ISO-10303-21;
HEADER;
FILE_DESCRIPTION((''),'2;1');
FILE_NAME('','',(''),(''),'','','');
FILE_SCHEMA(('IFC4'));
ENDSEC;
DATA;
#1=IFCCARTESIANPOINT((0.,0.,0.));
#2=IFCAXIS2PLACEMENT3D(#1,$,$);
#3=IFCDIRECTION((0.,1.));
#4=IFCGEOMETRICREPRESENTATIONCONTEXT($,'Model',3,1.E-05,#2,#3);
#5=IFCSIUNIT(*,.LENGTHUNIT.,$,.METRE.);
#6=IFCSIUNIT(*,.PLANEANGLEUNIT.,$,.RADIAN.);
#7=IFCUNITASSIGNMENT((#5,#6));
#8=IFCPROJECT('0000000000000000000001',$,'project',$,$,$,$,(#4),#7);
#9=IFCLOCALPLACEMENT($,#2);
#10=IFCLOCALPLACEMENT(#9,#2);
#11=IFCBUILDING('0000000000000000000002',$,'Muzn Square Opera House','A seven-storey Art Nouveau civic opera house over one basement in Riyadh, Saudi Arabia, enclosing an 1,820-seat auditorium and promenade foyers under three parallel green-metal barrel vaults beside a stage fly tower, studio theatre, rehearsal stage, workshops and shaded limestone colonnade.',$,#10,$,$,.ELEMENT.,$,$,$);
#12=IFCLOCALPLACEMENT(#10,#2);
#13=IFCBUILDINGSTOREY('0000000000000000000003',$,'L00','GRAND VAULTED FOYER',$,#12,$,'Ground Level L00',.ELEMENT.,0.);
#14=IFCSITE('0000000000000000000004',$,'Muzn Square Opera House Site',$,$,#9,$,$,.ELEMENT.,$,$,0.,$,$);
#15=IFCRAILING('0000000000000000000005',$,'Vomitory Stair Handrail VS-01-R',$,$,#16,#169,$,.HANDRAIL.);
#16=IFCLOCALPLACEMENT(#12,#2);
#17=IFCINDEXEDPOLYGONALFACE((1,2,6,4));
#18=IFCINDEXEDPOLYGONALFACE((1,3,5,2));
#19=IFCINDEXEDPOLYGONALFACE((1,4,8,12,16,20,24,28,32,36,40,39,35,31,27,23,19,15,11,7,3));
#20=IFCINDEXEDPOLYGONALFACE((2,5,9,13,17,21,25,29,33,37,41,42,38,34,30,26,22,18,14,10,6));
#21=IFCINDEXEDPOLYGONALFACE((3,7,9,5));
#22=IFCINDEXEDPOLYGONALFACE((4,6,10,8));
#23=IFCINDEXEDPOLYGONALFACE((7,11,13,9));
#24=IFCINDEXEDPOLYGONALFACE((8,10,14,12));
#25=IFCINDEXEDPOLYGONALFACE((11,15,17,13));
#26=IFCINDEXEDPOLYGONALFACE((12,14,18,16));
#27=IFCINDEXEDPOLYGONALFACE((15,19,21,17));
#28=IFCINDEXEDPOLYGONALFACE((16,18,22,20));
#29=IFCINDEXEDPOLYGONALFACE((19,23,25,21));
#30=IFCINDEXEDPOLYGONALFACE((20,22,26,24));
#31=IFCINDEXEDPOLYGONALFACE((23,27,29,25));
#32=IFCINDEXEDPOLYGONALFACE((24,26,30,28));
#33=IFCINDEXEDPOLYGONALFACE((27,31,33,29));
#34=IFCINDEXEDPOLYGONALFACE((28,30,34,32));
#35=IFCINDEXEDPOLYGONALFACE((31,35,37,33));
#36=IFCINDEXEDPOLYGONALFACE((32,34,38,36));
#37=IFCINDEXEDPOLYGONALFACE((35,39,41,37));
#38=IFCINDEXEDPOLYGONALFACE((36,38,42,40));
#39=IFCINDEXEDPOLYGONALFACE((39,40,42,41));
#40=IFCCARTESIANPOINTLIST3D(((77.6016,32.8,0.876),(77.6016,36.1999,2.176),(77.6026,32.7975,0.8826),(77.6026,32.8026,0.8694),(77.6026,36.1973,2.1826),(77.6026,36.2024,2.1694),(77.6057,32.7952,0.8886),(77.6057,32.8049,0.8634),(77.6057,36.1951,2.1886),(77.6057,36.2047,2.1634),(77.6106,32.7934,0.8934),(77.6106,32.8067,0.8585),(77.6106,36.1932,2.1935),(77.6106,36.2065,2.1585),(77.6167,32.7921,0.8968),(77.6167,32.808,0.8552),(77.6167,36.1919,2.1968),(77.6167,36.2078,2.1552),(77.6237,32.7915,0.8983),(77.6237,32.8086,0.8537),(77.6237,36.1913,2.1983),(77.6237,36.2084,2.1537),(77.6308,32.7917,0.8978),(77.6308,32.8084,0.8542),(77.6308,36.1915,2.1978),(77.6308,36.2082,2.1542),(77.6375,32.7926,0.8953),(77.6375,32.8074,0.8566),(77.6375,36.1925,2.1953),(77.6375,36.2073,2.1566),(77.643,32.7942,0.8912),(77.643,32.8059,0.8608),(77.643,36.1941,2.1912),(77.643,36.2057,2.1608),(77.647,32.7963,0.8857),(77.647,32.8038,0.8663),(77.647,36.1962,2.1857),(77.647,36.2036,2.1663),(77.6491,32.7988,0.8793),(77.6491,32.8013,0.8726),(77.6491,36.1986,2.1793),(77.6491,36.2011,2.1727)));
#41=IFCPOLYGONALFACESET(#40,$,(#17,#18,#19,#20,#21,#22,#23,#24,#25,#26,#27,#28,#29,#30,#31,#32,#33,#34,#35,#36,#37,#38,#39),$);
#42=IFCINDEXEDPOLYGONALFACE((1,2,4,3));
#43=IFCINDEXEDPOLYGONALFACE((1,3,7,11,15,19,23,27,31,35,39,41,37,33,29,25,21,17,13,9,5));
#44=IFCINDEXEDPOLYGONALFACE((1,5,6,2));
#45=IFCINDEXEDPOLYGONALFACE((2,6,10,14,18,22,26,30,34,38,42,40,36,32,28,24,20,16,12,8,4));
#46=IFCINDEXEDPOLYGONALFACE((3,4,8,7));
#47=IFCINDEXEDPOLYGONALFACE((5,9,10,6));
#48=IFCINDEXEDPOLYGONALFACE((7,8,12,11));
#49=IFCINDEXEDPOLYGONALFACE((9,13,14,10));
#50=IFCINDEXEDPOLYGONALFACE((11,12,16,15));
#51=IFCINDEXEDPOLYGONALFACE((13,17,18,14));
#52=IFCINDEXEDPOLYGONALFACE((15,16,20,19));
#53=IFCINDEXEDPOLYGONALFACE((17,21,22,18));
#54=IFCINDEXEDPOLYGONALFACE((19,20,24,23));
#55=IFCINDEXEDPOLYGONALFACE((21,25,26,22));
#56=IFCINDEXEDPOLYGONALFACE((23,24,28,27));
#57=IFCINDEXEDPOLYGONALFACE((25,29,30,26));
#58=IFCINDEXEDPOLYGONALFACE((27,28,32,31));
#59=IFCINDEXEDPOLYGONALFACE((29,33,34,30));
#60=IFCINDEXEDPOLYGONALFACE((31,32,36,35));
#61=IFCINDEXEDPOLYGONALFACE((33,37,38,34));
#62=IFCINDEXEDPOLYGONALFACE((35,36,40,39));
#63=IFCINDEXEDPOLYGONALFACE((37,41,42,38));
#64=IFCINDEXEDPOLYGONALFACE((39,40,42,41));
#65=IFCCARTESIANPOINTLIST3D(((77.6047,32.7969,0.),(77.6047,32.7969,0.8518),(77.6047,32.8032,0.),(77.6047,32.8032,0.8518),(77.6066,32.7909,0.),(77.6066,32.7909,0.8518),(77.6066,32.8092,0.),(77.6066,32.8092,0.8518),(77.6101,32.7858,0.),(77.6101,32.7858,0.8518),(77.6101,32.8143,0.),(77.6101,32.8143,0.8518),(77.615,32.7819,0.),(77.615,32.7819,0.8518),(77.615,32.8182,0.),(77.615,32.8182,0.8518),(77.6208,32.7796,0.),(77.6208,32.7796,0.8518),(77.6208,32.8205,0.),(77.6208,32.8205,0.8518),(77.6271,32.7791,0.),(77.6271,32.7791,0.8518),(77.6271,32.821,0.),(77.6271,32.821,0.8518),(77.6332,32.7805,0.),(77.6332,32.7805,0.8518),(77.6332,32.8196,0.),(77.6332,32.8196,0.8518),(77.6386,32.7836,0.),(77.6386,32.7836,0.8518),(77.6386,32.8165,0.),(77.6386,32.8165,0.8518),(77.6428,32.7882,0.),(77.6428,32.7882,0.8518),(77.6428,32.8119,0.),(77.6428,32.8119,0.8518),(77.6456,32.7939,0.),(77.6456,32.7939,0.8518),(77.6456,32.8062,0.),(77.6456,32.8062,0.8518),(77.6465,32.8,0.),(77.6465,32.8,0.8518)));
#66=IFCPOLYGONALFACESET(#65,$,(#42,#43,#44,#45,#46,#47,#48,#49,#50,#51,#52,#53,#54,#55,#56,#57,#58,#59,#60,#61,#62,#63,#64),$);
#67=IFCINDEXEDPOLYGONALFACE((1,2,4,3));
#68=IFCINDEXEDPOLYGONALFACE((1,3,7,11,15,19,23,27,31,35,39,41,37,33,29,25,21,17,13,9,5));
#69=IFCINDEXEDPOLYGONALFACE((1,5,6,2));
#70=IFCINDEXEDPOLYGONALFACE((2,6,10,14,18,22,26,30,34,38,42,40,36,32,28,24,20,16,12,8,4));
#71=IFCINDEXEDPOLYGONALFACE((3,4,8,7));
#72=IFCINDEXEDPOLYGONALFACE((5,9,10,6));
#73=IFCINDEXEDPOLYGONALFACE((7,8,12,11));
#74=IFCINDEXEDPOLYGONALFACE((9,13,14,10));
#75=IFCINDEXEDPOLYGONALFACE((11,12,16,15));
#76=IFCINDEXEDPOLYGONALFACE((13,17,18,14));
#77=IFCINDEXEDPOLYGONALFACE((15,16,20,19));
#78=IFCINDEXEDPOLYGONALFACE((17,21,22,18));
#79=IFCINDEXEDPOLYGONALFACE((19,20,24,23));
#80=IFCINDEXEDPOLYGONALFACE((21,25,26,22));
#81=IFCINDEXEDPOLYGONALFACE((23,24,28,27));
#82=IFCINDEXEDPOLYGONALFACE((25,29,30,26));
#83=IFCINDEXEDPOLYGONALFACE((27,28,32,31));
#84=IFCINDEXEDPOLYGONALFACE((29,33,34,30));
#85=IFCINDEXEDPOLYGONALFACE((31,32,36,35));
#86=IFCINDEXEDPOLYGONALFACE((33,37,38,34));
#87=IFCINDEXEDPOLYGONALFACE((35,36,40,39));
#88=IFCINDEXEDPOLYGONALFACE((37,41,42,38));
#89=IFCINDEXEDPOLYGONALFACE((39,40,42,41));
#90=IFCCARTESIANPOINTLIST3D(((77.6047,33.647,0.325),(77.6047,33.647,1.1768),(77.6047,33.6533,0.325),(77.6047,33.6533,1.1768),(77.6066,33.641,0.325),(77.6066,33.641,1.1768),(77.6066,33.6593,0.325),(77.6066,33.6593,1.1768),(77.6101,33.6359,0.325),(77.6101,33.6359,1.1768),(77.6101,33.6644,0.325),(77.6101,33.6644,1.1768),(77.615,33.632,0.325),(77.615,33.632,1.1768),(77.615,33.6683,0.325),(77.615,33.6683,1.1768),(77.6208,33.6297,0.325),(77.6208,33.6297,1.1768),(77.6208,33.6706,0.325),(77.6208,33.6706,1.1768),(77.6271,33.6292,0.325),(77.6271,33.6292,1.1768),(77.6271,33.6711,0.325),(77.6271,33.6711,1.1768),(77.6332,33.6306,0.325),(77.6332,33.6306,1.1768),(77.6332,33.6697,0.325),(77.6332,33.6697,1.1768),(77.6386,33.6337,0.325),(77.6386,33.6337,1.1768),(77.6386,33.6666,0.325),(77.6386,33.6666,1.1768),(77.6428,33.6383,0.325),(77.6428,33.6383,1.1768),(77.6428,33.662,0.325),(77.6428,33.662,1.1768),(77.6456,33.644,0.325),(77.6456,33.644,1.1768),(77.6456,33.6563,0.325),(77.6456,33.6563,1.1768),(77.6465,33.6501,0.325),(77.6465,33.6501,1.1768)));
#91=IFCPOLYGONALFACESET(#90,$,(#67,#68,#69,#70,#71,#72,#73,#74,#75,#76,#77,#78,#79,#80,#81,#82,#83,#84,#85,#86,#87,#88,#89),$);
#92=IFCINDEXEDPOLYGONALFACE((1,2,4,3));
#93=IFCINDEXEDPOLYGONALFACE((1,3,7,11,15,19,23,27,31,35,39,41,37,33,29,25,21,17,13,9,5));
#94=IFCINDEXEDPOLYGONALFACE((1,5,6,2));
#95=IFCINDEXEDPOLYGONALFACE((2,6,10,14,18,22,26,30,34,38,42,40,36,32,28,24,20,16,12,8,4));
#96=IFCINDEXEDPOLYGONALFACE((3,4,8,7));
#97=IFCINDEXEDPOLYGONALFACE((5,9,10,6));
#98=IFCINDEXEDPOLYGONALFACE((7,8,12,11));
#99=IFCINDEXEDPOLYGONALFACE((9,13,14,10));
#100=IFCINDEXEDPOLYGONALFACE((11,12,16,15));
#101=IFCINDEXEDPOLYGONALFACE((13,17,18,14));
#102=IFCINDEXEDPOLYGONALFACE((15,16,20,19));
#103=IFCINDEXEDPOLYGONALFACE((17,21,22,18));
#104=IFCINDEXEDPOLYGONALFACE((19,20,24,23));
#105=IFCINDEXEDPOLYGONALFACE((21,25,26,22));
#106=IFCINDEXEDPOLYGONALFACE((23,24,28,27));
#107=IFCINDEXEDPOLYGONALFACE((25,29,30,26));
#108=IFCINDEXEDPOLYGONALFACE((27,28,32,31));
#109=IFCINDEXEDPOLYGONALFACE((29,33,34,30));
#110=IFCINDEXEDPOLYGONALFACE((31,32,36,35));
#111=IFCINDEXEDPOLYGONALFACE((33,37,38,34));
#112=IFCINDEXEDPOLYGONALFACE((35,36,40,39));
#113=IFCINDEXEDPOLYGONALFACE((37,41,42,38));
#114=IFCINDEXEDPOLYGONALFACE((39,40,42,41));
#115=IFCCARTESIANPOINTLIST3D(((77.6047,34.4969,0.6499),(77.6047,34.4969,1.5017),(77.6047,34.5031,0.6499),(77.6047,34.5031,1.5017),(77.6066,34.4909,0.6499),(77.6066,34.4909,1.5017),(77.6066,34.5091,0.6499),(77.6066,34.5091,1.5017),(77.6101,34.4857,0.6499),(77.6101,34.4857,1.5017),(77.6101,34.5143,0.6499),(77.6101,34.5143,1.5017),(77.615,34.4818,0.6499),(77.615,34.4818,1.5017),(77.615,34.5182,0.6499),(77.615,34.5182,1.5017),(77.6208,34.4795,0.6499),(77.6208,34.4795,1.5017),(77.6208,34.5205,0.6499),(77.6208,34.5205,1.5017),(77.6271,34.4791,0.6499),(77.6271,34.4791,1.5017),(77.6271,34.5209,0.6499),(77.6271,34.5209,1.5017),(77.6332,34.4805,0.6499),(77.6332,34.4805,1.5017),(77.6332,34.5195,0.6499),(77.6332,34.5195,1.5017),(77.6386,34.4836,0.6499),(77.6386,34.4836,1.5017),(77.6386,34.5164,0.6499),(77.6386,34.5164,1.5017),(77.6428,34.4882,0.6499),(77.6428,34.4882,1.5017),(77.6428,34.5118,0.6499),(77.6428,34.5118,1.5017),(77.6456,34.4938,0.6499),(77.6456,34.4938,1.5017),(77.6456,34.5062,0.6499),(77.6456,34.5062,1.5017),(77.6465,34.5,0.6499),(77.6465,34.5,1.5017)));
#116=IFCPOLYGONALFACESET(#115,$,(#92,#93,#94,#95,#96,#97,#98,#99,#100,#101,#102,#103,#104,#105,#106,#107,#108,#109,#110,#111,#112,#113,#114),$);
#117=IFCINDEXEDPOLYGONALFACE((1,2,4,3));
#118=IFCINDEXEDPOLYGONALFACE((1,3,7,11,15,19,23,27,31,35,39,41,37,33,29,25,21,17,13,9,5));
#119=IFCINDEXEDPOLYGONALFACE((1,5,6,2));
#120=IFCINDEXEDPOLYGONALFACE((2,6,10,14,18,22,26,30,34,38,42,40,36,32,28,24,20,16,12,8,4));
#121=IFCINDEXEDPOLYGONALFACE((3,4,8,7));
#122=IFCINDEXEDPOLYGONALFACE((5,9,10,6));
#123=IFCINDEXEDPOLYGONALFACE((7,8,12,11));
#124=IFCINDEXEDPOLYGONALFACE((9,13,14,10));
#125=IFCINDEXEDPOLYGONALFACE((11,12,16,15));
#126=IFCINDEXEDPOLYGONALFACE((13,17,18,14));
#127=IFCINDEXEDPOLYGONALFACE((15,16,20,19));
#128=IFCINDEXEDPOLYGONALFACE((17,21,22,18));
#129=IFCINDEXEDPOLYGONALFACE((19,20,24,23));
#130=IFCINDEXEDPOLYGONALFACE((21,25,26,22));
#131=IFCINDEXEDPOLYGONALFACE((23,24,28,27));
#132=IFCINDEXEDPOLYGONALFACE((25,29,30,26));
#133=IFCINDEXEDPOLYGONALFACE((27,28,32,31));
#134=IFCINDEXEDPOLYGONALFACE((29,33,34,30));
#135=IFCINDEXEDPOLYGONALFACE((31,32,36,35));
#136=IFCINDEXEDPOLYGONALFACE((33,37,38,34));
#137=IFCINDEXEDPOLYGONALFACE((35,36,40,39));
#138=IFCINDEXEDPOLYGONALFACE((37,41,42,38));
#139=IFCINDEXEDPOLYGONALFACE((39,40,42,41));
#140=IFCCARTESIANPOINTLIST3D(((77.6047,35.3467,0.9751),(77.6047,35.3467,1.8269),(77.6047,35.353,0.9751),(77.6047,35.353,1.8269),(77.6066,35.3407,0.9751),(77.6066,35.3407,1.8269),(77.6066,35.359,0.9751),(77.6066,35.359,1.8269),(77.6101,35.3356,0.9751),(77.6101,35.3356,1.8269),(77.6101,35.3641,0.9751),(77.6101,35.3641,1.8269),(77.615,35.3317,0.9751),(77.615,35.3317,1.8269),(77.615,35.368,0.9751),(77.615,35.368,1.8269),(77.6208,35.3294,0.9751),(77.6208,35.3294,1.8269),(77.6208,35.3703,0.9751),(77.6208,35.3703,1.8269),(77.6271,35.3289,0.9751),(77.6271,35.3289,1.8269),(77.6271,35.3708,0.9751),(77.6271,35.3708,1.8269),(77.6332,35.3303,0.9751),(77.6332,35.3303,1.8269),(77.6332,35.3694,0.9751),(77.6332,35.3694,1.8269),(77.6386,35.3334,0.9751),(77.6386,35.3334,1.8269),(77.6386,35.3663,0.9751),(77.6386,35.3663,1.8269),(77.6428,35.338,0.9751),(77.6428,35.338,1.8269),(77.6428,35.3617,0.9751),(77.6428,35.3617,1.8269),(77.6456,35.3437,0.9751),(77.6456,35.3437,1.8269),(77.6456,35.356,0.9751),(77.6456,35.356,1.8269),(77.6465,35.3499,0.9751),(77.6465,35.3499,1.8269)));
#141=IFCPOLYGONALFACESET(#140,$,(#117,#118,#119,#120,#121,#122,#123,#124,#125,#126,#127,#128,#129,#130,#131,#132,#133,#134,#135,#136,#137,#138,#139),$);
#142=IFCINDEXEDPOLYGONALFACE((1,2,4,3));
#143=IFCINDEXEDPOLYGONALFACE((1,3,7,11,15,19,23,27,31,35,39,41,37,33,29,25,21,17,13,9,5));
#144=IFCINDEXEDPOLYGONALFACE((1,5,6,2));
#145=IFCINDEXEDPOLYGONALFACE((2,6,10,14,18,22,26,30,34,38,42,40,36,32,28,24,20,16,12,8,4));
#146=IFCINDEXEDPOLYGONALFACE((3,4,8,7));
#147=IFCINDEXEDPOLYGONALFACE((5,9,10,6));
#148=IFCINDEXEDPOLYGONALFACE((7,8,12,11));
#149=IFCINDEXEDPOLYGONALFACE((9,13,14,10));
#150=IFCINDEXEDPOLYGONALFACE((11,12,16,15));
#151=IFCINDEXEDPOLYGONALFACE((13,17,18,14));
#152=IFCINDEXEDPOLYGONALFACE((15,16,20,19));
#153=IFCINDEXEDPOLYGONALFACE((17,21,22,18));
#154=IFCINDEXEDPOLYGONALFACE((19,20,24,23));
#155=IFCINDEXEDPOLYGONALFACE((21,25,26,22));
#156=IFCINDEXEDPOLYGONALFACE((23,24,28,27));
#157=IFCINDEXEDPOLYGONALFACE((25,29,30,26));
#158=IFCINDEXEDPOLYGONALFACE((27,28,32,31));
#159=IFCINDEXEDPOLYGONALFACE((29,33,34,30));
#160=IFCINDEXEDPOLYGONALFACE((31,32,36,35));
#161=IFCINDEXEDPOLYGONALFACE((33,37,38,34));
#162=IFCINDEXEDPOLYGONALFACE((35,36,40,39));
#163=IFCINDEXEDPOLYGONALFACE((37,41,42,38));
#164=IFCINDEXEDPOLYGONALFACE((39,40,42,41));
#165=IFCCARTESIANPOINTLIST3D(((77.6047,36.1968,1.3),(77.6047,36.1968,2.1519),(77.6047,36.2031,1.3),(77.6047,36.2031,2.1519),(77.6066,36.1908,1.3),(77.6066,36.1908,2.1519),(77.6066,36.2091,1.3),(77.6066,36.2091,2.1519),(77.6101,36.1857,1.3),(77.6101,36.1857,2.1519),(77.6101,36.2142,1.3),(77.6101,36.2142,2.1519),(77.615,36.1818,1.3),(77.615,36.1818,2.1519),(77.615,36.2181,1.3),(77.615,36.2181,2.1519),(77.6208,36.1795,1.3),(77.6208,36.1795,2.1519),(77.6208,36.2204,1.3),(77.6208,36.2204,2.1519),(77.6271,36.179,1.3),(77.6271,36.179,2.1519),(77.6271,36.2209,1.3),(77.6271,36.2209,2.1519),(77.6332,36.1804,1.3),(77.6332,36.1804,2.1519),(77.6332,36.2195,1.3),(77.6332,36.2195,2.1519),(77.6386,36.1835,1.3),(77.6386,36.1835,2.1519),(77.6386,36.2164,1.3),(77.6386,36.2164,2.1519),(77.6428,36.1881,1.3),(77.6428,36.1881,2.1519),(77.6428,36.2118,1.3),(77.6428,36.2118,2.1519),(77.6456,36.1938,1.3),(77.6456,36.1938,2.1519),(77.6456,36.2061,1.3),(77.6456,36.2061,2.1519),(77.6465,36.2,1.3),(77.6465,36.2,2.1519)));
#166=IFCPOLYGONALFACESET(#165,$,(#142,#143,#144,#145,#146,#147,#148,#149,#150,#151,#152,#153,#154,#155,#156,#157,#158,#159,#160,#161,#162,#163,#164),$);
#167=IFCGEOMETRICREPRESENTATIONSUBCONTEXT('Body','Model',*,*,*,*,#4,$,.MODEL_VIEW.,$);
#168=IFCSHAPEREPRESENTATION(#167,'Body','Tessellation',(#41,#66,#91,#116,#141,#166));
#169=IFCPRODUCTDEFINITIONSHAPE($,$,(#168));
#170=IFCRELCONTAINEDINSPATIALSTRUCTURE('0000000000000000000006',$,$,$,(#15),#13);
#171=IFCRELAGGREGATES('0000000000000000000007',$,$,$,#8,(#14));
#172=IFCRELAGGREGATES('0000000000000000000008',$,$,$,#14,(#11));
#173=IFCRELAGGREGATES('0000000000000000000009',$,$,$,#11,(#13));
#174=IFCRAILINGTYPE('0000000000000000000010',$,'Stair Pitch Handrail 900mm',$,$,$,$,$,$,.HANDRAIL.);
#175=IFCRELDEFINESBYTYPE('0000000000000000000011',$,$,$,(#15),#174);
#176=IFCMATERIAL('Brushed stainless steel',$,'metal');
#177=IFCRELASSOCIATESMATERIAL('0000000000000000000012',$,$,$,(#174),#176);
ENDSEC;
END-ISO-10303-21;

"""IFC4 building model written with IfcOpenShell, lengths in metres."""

from ifc_helpers import new_model, si_unit, direction, frame, origin, origin_2d, place, context, subcontext, project, spatial, circle, extrude, material, type_object, element, save


model = new_model("IFC4")

# Units and contexts
model_context = context("Model", 3, precision=1e-05, world=origin(), true_north=direction((0.0, 1.0)))
body_context = subcontext(model_context, "Body", "Model", "MODEL_VIEW")
ifc_project = project(units=[si_unit("LENGTHUNIT", "METRE"), si_unit("PLANEANGLEUNIT", "RADIAN")], contexts=[model_context])

# Site, building, storey
site_placement = place(None, origin())
site = spatial("IfcSite", under=ifc_project, at=site_placement, Name="Muzn Square Opera House Site", CompositionType="ELEMENT", RefElevation=0.0)
building_placement = place(site_placement, origin())
building = spatial("IfcBuilding", under=site, at=building_placement, Name="Muzn Square Opera House", Description="A seven-storey Art Nouveau civic opera house over one basement in Riyadh, Saudi Arabia, enclosing an 1,820-seat auditorium and promenade foyers under three parallel green-metal barrel vaults beside a stage fly tower, studio theatre, rehearsal stage, workshops and shaded limestone colonnade.", CompositionType="ELEMENT")
storey_placement = place(building_placement, origin())
storey = spatial("IfcBuildingStorey", under=building, at=storey_placement, Name="L00", Description="GRAND VAULTED FOYER", LongName="Ground Level L00", CompositionType="ELEMENT", Elevation=0.0)

# Railing
ifc_material_1 = material(Name="Brushed stainless steel", Category="metal")
railing_type_1 = type_object("IfcRailingType", Name="Stair Pitch Handrail 900mm", PredefinedType="HANDRAIL", material=ifc_material_1)
for number, where, name in (
    (1, (77.6255, 32.8, 0.0), "Vomitory Stair Handrail VS-01-R"),
):
    element("IfcRailing", number, at=place(storey_placement, frame(where)), inside=storey, type_object=railing_type_1, Name=name, PredefinedType="HANDRAIL", context=body_context, shape_type="SweptSolid", body=[
        extrude(circle(Radius=0.0239, at=origin_2d()), frame((0.0, 0.0, 0.876), z_axis=(0.0, 0.934044, 0.357158), x_axis=(-1.0, 0.0, 0.0)), (0.0, 0.0, 1.0), 3.6399),
        extrude(circle(Radius=0.021, at=origin_2d()), origin(), (0.0, 0.0, 1.0), 0.8518),
        extrude(circle(Radius=0.021, at=origin_2d()), frame((0.0, 0.8501, 0.325)), (0.0, 0.0, 1.0), 0.8518),
        extrude(circle(Radius=0.021, at=origin_2d()), frame((0.0, 1.7, 0.6499)), (0.0, 0.0, 1.0), 0.8518),
        extrude(circle(Radius=0.021, at=origin_2d()), frame((0.0, 2.5498, 0.9751)), (0.0, 0.0, 1.0), 0.8518),
        extrude(circle(Radius=0.021, at=origin_2d()), frame((0.0, 3.3999, 1.3)), (0.0, 0.0, 1.0), 0.8518),
    ])

save(model, "model.ifc")
